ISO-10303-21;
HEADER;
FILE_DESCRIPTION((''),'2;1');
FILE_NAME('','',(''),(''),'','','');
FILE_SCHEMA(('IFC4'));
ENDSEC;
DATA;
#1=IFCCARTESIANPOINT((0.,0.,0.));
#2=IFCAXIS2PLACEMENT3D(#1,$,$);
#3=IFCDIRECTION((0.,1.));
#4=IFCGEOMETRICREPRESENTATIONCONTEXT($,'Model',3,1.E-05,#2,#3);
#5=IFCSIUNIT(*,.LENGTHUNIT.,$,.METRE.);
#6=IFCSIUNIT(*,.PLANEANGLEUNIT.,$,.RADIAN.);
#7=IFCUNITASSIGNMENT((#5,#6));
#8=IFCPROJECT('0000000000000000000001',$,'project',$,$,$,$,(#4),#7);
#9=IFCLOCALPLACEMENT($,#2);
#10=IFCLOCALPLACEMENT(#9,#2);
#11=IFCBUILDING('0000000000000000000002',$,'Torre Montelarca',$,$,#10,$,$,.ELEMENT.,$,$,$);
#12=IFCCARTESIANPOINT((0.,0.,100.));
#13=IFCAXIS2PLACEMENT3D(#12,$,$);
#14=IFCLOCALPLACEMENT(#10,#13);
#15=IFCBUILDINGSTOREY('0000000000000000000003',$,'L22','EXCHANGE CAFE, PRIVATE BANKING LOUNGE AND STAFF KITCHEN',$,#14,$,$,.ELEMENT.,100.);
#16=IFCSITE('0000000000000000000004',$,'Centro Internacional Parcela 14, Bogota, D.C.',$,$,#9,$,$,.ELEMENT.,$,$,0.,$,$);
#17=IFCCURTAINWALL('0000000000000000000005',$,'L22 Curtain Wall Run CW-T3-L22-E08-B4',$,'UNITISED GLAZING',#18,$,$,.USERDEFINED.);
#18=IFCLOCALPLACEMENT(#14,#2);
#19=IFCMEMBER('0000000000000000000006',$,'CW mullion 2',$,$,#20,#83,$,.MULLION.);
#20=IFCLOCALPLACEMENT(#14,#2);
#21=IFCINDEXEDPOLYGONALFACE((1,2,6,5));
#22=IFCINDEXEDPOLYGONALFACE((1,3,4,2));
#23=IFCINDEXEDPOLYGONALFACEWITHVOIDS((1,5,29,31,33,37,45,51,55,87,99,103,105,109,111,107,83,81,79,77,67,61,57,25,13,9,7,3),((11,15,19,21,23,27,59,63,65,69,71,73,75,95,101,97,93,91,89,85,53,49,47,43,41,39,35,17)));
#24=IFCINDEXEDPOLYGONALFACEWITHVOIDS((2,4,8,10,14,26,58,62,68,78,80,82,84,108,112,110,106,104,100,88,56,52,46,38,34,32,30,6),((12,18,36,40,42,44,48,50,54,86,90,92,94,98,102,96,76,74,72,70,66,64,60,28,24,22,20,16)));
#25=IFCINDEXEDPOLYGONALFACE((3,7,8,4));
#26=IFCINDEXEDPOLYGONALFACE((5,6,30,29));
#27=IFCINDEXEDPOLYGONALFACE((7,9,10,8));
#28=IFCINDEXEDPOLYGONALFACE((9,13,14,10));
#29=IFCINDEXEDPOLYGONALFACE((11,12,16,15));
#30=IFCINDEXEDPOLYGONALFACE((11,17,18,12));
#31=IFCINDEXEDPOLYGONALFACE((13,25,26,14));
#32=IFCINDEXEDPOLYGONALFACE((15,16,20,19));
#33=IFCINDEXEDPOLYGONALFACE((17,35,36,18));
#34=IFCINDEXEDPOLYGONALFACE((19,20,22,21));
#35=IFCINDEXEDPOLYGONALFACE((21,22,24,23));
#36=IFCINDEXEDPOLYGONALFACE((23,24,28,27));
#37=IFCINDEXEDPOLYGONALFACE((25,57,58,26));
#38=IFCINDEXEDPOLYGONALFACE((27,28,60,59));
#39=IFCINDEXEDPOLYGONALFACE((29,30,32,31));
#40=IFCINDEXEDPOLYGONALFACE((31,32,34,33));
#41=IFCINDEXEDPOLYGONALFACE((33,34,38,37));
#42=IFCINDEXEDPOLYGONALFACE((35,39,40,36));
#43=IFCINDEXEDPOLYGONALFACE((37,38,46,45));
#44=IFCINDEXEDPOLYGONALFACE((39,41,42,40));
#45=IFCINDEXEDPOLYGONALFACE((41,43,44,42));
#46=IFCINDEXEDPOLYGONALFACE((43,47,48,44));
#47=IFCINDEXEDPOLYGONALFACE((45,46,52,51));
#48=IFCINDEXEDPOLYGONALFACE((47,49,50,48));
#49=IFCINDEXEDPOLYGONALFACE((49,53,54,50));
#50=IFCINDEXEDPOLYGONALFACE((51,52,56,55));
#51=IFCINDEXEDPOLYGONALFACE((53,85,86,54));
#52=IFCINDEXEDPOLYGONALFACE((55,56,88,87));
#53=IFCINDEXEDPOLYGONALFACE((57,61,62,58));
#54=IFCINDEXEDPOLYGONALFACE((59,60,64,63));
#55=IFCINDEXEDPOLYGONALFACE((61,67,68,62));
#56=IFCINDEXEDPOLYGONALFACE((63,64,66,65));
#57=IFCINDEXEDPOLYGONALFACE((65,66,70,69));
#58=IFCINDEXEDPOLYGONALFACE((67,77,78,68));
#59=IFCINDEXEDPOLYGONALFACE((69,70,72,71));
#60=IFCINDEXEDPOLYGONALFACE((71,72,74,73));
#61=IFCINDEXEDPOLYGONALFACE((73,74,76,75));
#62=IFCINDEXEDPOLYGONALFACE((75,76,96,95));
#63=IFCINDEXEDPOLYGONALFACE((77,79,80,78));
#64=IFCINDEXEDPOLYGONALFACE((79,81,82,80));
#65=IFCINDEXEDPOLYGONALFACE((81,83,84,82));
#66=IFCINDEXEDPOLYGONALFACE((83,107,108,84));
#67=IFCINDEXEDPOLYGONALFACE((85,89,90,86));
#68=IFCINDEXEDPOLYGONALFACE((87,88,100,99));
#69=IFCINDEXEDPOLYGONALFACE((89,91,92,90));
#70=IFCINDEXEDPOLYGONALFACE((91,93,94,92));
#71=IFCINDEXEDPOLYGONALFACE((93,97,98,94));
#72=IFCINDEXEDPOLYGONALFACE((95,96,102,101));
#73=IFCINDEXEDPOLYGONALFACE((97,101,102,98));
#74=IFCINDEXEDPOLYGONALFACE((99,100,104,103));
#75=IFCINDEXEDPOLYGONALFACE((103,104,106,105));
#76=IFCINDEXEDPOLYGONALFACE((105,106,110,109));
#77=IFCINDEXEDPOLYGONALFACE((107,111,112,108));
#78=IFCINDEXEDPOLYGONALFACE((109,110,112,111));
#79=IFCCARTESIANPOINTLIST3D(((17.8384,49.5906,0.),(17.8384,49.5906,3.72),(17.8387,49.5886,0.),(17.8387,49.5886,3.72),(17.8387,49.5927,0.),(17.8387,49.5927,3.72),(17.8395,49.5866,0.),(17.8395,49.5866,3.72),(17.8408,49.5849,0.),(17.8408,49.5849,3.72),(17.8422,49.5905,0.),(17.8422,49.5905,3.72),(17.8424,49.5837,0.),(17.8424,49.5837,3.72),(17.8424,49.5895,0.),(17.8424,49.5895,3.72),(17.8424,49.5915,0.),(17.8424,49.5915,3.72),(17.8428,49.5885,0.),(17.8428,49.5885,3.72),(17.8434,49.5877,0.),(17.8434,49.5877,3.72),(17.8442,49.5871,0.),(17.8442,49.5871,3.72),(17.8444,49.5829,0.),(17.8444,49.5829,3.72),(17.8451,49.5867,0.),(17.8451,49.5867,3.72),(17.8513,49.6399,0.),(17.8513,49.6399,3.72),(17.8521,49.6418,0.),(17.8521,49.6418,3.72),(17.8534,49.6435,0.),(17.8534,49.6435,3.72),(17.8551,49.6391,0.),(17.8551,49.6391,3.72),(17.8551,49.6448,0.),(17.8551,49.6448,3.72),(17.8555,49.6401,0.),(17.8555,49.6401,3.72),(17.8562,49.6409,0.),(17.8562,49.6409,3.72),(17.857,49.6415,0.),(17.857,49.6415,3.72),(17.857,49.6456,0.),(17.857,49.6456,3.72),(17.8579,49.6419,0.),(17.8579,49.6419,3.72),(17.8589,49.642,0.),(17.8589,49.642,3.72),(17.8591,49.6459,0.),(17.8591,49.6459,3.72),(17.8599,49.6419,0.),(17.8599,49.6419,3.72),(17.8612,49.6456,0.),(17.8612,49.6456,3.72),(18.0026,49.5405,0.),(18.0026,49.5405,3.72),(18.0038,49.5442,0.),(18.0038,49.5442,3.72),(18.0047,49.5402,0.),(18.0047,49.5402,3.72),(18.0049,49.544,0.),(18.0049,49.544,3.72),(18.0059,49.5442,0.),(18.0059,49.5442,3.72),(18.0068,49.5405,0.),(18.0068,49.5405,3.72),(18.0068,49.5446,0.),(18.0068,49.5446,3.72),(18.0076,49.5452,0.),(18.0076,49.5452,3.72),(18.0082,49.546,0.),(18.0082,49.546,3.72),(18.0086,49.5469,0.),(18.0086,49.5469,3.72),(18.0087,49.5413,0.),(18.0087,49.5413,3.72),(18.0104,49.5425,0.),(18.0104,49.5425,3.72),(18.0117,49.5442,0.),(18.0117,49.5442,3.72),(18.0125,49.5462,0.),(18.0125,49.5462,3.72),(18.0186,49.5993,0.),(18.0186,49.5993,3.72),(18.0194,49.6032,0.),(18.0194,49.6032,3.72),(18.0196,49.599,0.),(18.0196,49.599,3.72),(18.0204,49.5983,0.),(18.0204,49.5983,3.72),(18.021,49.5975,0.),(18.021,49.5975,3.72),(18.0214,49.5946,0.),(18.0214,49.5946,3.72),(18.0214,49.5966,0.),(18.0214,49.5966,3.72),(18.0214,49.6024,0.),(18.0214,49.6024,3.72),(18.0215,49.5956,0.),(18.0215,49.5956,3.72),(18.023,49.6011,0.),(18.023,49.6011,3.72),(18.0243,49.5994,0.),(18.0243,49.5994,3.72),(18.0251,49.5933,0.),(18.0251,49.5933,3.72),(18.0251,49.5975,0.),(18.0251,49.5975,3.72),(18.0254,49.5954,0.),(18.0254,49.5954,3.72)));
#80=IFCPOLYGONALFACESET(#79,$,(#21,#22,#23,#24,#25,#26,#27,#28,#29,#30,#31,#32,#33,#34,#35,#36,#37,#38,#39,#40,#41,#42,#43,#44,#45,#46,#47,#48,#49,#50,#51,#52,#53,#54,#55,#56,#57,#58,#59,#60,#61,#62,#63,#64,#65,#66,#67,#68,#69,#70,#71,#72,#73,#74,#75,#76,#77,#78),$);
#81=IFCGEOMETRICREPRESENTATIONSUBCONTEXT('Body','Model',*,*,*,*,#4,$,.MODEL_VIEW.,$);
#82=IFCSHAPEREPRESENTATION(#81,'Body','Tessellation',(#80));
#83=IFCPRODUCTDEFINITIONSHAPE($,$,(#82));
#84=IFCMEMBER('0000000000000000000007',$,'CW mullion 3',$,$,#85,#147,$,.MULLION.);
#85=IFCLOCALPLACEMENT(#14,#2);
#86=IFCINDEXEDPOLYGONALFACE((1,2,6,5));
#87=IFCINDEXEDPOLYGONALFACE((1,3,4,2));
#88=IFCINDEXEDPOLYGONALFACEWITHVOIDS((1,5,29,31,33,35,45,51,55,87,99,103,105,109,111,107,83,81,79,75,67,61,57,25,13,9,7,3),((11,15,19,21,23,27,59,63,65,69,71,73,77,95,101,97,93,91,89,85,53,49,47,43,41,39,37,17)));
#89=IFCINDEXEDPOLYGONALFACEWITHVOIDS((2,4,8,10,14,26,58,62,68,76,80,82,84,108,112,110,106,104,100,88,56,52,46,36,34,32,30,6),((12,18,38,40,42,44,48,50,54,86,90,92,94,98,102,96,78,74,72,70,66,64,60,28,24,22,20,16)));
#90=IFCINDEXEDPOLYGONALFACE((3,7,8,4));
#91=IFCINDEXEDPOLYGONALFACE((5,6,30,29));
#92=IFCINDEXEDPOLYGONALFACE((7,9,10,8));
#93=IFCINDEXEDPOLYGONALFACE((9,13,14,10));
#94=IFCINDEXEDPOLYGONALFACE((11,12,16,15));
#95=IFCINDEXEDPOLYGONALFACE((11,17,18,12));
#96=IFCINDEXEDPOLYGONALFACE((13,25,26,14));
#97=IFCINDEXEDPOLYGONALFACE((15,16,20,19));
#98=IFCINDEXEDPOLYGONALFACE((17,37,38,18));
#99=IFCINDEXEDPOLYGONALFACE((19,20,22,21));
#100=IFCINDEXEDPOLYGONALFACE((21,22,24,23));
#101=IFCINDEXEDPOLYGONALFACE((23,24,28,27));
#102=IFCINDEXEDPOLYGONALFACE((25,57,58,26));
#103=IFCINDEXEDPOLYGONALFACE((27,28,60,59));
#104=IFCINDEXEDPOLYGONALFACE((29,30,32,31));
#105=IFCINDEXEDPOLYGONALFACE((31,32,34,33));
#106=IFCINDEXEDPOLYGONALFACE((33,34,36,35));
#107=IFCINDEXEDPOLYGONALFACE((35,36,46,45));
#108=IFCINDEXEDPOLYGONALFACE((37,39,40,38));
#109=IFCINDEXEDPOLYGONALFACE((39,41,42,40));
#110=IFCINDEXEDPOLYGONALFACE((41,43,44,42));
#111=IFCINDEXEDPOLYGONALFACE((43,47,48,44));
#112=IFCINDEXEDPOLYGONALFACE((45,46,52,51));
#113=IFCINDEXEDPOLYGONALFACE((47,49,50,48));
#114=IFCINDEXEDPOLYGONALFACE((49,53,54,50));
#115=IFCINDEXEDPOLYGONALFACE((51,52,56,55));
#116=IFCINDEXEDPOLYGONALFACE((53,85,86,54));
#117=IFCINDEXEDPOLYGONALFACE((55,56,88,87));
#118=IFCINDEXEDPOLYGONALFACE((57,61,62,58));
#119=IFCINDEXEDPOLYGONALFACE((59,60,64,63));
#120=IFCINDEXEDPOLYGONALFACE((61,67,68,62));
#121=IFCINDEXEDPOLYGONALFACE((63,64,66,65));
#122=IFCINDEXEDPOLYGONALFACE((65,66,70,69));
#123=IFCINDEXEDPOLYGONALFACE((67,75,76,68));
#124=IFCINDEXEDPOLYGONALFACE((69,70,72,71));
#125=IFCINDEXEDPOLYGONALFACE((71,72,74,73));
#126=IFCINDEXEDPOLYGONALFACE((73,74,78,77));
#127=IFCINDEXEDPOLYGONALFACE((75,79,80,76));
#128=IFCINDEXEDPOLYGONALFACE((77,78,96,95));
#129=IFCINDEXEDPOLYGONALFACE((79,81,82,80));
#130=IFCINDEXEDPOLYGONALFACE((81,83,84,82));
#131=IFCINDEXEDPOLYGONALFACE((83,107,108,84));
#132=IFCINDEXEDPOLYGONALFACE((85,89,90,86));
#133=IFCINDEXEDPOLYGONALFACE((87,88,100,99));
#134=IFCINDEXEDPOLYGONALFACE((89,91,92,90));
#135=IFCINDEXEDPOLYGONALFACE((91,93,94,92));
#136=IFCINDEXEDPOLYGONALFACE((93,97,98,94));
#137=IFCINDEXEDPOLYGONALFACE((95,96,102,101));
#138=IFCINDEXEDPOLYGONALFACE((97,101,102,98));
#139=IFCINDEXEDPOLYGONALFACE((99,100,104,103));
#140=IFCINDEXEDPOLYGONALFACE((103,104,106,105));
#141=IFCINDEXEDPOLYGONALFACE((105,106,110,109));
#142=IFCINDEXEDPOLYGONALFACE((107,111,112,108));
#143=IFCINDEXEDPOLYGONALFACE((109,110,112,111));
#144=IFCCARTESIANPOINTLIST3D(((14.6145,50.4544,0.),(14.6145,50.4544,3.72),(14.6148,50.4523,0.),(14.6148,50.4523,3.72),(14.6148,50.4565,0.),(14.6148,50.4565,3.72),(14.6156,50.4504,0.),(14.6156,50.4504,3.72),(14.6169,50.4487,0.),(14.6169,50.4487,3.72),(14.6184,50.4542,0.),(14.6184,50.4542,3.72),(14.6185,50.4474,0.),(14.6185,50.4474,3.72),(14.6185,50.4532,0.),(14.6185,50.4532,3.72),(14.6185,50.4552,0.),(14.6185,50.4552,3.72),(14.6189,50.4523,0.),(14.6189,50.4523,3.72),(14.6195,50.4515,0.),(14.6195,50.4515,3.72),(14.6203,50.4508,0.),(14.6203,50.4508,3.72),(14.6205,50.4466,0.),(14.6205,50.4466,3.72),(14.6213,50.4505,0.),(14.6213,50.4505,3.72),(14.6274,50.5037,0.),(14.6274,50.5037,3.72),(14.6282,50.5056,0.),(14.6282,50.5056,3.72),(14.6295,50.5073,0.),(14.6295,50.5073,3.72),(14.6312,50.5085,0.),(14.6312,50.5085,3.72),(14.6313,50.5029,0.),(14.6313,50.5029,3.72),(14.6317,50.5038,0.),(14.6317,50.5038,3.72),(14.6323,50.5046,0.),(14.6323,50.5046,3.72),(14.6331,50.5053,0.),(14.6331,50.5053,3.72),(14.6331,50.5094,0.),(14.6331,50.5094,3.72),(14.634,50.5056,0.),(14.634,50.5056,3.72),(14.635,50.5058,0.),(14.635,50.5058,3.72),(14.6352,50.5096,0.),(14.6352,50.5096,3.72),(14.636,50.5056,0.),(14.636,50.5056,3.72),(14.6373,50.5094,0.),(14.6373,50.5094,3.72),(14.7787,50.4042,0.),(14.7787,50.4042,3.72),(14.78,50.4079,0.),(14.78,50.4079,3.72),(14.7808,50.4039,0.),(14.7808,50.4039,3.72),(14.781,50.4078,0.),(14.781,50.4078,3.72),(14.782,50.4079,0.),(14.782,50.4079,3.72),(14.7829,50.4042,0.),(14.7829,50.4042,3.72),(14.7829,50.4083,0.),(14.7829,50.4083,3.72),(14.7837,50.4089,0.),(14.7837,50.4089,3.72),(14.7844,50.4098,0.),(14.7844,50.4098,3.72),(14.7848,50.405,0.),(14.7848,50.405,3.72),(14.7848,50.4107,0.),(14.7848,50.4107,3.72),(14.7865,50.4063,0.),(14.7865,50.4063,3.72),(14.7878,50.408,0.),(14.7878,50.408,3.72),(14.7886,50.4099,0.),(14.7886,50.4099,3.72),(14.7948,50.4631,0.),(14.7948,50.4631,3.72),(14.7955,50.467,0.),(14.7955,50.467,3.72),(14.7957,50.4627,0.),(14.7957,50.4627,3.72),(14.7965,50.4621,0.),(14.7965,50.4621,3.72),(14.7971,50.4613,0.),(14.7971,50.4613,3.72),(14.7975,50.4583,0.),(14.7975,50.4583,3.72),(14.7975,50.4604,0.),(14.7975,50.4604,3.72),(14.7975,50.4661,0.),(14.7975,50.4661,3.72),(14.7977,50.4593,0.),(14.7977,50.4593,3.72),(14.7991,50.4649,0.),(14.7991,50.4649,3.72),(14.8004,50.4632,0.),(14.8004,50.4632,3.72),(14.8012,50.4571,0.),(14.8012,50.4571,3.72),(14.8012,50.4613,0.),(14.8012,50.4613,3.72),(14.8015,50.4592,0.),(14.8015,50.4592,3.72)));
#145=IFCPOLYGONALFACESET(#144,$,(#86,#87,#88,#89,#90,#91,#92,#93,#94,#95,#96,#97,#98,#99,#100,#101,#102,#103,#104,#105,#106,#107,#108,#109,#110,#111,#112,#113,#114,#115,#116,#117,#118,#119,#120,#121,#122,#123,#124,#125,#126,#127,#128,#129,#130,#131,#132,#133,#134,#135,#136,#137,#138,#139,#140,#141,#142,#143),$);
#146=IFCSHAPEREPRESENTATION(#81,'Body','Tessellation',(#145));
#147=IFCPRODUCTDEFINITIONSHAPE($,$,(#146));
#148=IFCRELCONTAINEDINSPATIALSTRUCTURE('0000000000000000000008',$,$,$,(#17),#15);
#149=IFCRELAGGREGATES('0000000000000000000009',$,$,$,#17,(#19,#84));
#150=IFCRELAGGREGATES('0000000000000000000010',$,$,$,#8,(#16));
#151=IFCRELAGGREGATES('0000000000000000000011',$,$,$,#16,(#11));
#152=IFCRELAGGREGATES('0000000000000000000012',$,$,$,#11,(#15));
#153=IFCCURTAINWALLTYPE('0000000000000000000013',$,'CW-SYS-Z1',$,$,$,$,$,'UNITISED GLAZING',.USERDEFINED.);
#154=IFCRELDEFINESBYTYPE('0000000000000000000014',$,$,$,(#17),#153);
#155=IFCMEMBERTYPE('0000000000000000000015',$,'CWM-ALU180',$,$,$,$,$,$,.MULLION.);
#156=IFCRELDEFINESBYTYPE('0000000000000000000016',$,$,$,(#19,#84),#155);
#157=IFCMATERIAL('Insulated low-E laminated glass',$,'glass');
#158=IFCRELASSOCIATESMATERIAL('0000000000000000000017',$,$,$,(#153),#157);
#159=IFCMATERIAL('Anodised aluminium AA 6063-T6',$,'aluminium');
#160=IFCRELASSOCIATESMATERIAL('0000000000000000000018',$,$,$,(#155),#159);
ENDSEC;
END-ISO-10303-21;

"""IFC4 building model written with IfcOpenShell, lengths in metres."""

from ifc_helpers import new_model, si_unit, direction, frame, origin, origin_2d, place, context, subcontext, project, spatial, hollow_rectangle, extrude, source, transform, mapped, material, material_profile, profile_set, type_object, element, aggregate, save


model = new_model("IFC4")

# Units and contexts
model_context = context("Model", 3, precision=1e-05, world=origin(), true_north=direction((0.0, 1.0)))
body_context = subcontext(model_context, "Body", "Model", "MODEL_VIEW")
ifc_project = project(units=[si_unit("LENGTHUNIT", "METRE"), si_unit("PLANEANGLEUNIT", "RADIAN")], contexts=[model_context])

# Site, building, storey
site_placement = place(None, origin())
site = spatial("IfcSite", under=ifc_project, at=site_placement, Name="Centro Internacional Parcela 14, Bogota, D.C.", CompositionType="ELEMENT", RefElevation=0.0)
building_placement = place(site_placement, origin())
building = spatial("IfcBuilding", under=site, at=building_placement, Name="Torre Montelarca", CompositionType="ELEMENT")
storey_placement = place(building_placement, frame((0.0, 0.0, 100.0)))
storey = spatial("IfcBuildingStorey", under=building, at=storey_placement, Name="L22", Description="EXCHANGE CAFE, PRIVATE BANKING LOUNGE AND STAFF KITCHEN", CompositionType="ELEMENT", Elevation=100.0)

# Curtain wall
ifc_material_1 = material(Name="Insulated low-E laminated glass", Category="glass")
curtain_wall_type = type_object("IfcCurtainWallType", Name="CW-SYS-Z1", ElementType="UNITISED GLAZING", PredefinedType="USERDEFINED", material=ifc_material_1)
curtain_wall_1_placement = place(storey_placement, origin())
curtain_wall_1 = element("IfcCurtainWall", 1, at=curtain_wall_1_placement, inside=storey, type_object=curtain_wall_type, Name="L22 Curtain Wall Run CW-T3-L22-E08-B4", ObjectType="UNITISED GLAZING", PredefinedType="USERDEFINED")
ifc_material_2 = material(Name="Anodised aluminium AA 6063-T6", Category="aluminium")

# Members
ifc_material_profile_1 = material_profile(ifc_material_2, hollow_rectangle(XDim=0.0649, YDim=0.1799, WallThickness=0.0039, InnerFilletRadius=0.0039, OuterFilletRadius=0.0081, at=origin_2d()), Name="ALU65X180X4", Category="aluminium")
ifc_profile_set_1 = profile_set([ifc_material_profile_1], Name="Anodised aluminium AA 6063-T6")
member_type_1 = type_object("IfcMemberType", Name="CWM-ALU180", PredefinedType="MULLION", material=ifc_profile_set_1)
shared_shape_1 = source(origin(), body_context, "Body", "SweptSolid", [
    extrude(hollow_rectangle(XDim=0.0649, YDim=0.1799, WallThickness=0.0039, InnerFilletRadius=0.0039, OuterFilletRadius=0.0081, at=origin_2d()), origin(), (0.0, 0.0, 1.0), 3.72),
])
member_1_placement = place(storey_placement, frame((17.9319, 49.593, 0.0), z_axis=(0.0, 0.0, 1.0), x_axis=(-0.258825, -0.965924, 0.0)))
member_1 = element("IfcMember", 2, at=member_1_placement, type_object=member_type_1, Name="CW mullion 2", PredefinedType="MULLION", context=body_context, shape_type="MappedRepresentation", body=[
    mapped(shared_shape_1, transform((0.0, 0.0, 0.0), scale=1.0)),
])
member_2_placement = place(storey_placement, frame((14.708, 50.4568, 0.0), z_axis=(0.0, 0.0, 1.0), x_axis=(-0.258825, -0.965924, 0.0)))
member_2 = element("IfcMember", 3, at=member_2_placement, type_object=member_type_1, Name="CW mullion 3", PredefinedType="MULLION", context=body_context, shape_type="MappedRepresentation", body=[
    mapped(shared_shape_1, transform((0.0, 0.0, 0.0), scale=1.0)),
])

aggregate(curtain_wall_1, [member_1, member_2])

save(model, "model.ifc")
